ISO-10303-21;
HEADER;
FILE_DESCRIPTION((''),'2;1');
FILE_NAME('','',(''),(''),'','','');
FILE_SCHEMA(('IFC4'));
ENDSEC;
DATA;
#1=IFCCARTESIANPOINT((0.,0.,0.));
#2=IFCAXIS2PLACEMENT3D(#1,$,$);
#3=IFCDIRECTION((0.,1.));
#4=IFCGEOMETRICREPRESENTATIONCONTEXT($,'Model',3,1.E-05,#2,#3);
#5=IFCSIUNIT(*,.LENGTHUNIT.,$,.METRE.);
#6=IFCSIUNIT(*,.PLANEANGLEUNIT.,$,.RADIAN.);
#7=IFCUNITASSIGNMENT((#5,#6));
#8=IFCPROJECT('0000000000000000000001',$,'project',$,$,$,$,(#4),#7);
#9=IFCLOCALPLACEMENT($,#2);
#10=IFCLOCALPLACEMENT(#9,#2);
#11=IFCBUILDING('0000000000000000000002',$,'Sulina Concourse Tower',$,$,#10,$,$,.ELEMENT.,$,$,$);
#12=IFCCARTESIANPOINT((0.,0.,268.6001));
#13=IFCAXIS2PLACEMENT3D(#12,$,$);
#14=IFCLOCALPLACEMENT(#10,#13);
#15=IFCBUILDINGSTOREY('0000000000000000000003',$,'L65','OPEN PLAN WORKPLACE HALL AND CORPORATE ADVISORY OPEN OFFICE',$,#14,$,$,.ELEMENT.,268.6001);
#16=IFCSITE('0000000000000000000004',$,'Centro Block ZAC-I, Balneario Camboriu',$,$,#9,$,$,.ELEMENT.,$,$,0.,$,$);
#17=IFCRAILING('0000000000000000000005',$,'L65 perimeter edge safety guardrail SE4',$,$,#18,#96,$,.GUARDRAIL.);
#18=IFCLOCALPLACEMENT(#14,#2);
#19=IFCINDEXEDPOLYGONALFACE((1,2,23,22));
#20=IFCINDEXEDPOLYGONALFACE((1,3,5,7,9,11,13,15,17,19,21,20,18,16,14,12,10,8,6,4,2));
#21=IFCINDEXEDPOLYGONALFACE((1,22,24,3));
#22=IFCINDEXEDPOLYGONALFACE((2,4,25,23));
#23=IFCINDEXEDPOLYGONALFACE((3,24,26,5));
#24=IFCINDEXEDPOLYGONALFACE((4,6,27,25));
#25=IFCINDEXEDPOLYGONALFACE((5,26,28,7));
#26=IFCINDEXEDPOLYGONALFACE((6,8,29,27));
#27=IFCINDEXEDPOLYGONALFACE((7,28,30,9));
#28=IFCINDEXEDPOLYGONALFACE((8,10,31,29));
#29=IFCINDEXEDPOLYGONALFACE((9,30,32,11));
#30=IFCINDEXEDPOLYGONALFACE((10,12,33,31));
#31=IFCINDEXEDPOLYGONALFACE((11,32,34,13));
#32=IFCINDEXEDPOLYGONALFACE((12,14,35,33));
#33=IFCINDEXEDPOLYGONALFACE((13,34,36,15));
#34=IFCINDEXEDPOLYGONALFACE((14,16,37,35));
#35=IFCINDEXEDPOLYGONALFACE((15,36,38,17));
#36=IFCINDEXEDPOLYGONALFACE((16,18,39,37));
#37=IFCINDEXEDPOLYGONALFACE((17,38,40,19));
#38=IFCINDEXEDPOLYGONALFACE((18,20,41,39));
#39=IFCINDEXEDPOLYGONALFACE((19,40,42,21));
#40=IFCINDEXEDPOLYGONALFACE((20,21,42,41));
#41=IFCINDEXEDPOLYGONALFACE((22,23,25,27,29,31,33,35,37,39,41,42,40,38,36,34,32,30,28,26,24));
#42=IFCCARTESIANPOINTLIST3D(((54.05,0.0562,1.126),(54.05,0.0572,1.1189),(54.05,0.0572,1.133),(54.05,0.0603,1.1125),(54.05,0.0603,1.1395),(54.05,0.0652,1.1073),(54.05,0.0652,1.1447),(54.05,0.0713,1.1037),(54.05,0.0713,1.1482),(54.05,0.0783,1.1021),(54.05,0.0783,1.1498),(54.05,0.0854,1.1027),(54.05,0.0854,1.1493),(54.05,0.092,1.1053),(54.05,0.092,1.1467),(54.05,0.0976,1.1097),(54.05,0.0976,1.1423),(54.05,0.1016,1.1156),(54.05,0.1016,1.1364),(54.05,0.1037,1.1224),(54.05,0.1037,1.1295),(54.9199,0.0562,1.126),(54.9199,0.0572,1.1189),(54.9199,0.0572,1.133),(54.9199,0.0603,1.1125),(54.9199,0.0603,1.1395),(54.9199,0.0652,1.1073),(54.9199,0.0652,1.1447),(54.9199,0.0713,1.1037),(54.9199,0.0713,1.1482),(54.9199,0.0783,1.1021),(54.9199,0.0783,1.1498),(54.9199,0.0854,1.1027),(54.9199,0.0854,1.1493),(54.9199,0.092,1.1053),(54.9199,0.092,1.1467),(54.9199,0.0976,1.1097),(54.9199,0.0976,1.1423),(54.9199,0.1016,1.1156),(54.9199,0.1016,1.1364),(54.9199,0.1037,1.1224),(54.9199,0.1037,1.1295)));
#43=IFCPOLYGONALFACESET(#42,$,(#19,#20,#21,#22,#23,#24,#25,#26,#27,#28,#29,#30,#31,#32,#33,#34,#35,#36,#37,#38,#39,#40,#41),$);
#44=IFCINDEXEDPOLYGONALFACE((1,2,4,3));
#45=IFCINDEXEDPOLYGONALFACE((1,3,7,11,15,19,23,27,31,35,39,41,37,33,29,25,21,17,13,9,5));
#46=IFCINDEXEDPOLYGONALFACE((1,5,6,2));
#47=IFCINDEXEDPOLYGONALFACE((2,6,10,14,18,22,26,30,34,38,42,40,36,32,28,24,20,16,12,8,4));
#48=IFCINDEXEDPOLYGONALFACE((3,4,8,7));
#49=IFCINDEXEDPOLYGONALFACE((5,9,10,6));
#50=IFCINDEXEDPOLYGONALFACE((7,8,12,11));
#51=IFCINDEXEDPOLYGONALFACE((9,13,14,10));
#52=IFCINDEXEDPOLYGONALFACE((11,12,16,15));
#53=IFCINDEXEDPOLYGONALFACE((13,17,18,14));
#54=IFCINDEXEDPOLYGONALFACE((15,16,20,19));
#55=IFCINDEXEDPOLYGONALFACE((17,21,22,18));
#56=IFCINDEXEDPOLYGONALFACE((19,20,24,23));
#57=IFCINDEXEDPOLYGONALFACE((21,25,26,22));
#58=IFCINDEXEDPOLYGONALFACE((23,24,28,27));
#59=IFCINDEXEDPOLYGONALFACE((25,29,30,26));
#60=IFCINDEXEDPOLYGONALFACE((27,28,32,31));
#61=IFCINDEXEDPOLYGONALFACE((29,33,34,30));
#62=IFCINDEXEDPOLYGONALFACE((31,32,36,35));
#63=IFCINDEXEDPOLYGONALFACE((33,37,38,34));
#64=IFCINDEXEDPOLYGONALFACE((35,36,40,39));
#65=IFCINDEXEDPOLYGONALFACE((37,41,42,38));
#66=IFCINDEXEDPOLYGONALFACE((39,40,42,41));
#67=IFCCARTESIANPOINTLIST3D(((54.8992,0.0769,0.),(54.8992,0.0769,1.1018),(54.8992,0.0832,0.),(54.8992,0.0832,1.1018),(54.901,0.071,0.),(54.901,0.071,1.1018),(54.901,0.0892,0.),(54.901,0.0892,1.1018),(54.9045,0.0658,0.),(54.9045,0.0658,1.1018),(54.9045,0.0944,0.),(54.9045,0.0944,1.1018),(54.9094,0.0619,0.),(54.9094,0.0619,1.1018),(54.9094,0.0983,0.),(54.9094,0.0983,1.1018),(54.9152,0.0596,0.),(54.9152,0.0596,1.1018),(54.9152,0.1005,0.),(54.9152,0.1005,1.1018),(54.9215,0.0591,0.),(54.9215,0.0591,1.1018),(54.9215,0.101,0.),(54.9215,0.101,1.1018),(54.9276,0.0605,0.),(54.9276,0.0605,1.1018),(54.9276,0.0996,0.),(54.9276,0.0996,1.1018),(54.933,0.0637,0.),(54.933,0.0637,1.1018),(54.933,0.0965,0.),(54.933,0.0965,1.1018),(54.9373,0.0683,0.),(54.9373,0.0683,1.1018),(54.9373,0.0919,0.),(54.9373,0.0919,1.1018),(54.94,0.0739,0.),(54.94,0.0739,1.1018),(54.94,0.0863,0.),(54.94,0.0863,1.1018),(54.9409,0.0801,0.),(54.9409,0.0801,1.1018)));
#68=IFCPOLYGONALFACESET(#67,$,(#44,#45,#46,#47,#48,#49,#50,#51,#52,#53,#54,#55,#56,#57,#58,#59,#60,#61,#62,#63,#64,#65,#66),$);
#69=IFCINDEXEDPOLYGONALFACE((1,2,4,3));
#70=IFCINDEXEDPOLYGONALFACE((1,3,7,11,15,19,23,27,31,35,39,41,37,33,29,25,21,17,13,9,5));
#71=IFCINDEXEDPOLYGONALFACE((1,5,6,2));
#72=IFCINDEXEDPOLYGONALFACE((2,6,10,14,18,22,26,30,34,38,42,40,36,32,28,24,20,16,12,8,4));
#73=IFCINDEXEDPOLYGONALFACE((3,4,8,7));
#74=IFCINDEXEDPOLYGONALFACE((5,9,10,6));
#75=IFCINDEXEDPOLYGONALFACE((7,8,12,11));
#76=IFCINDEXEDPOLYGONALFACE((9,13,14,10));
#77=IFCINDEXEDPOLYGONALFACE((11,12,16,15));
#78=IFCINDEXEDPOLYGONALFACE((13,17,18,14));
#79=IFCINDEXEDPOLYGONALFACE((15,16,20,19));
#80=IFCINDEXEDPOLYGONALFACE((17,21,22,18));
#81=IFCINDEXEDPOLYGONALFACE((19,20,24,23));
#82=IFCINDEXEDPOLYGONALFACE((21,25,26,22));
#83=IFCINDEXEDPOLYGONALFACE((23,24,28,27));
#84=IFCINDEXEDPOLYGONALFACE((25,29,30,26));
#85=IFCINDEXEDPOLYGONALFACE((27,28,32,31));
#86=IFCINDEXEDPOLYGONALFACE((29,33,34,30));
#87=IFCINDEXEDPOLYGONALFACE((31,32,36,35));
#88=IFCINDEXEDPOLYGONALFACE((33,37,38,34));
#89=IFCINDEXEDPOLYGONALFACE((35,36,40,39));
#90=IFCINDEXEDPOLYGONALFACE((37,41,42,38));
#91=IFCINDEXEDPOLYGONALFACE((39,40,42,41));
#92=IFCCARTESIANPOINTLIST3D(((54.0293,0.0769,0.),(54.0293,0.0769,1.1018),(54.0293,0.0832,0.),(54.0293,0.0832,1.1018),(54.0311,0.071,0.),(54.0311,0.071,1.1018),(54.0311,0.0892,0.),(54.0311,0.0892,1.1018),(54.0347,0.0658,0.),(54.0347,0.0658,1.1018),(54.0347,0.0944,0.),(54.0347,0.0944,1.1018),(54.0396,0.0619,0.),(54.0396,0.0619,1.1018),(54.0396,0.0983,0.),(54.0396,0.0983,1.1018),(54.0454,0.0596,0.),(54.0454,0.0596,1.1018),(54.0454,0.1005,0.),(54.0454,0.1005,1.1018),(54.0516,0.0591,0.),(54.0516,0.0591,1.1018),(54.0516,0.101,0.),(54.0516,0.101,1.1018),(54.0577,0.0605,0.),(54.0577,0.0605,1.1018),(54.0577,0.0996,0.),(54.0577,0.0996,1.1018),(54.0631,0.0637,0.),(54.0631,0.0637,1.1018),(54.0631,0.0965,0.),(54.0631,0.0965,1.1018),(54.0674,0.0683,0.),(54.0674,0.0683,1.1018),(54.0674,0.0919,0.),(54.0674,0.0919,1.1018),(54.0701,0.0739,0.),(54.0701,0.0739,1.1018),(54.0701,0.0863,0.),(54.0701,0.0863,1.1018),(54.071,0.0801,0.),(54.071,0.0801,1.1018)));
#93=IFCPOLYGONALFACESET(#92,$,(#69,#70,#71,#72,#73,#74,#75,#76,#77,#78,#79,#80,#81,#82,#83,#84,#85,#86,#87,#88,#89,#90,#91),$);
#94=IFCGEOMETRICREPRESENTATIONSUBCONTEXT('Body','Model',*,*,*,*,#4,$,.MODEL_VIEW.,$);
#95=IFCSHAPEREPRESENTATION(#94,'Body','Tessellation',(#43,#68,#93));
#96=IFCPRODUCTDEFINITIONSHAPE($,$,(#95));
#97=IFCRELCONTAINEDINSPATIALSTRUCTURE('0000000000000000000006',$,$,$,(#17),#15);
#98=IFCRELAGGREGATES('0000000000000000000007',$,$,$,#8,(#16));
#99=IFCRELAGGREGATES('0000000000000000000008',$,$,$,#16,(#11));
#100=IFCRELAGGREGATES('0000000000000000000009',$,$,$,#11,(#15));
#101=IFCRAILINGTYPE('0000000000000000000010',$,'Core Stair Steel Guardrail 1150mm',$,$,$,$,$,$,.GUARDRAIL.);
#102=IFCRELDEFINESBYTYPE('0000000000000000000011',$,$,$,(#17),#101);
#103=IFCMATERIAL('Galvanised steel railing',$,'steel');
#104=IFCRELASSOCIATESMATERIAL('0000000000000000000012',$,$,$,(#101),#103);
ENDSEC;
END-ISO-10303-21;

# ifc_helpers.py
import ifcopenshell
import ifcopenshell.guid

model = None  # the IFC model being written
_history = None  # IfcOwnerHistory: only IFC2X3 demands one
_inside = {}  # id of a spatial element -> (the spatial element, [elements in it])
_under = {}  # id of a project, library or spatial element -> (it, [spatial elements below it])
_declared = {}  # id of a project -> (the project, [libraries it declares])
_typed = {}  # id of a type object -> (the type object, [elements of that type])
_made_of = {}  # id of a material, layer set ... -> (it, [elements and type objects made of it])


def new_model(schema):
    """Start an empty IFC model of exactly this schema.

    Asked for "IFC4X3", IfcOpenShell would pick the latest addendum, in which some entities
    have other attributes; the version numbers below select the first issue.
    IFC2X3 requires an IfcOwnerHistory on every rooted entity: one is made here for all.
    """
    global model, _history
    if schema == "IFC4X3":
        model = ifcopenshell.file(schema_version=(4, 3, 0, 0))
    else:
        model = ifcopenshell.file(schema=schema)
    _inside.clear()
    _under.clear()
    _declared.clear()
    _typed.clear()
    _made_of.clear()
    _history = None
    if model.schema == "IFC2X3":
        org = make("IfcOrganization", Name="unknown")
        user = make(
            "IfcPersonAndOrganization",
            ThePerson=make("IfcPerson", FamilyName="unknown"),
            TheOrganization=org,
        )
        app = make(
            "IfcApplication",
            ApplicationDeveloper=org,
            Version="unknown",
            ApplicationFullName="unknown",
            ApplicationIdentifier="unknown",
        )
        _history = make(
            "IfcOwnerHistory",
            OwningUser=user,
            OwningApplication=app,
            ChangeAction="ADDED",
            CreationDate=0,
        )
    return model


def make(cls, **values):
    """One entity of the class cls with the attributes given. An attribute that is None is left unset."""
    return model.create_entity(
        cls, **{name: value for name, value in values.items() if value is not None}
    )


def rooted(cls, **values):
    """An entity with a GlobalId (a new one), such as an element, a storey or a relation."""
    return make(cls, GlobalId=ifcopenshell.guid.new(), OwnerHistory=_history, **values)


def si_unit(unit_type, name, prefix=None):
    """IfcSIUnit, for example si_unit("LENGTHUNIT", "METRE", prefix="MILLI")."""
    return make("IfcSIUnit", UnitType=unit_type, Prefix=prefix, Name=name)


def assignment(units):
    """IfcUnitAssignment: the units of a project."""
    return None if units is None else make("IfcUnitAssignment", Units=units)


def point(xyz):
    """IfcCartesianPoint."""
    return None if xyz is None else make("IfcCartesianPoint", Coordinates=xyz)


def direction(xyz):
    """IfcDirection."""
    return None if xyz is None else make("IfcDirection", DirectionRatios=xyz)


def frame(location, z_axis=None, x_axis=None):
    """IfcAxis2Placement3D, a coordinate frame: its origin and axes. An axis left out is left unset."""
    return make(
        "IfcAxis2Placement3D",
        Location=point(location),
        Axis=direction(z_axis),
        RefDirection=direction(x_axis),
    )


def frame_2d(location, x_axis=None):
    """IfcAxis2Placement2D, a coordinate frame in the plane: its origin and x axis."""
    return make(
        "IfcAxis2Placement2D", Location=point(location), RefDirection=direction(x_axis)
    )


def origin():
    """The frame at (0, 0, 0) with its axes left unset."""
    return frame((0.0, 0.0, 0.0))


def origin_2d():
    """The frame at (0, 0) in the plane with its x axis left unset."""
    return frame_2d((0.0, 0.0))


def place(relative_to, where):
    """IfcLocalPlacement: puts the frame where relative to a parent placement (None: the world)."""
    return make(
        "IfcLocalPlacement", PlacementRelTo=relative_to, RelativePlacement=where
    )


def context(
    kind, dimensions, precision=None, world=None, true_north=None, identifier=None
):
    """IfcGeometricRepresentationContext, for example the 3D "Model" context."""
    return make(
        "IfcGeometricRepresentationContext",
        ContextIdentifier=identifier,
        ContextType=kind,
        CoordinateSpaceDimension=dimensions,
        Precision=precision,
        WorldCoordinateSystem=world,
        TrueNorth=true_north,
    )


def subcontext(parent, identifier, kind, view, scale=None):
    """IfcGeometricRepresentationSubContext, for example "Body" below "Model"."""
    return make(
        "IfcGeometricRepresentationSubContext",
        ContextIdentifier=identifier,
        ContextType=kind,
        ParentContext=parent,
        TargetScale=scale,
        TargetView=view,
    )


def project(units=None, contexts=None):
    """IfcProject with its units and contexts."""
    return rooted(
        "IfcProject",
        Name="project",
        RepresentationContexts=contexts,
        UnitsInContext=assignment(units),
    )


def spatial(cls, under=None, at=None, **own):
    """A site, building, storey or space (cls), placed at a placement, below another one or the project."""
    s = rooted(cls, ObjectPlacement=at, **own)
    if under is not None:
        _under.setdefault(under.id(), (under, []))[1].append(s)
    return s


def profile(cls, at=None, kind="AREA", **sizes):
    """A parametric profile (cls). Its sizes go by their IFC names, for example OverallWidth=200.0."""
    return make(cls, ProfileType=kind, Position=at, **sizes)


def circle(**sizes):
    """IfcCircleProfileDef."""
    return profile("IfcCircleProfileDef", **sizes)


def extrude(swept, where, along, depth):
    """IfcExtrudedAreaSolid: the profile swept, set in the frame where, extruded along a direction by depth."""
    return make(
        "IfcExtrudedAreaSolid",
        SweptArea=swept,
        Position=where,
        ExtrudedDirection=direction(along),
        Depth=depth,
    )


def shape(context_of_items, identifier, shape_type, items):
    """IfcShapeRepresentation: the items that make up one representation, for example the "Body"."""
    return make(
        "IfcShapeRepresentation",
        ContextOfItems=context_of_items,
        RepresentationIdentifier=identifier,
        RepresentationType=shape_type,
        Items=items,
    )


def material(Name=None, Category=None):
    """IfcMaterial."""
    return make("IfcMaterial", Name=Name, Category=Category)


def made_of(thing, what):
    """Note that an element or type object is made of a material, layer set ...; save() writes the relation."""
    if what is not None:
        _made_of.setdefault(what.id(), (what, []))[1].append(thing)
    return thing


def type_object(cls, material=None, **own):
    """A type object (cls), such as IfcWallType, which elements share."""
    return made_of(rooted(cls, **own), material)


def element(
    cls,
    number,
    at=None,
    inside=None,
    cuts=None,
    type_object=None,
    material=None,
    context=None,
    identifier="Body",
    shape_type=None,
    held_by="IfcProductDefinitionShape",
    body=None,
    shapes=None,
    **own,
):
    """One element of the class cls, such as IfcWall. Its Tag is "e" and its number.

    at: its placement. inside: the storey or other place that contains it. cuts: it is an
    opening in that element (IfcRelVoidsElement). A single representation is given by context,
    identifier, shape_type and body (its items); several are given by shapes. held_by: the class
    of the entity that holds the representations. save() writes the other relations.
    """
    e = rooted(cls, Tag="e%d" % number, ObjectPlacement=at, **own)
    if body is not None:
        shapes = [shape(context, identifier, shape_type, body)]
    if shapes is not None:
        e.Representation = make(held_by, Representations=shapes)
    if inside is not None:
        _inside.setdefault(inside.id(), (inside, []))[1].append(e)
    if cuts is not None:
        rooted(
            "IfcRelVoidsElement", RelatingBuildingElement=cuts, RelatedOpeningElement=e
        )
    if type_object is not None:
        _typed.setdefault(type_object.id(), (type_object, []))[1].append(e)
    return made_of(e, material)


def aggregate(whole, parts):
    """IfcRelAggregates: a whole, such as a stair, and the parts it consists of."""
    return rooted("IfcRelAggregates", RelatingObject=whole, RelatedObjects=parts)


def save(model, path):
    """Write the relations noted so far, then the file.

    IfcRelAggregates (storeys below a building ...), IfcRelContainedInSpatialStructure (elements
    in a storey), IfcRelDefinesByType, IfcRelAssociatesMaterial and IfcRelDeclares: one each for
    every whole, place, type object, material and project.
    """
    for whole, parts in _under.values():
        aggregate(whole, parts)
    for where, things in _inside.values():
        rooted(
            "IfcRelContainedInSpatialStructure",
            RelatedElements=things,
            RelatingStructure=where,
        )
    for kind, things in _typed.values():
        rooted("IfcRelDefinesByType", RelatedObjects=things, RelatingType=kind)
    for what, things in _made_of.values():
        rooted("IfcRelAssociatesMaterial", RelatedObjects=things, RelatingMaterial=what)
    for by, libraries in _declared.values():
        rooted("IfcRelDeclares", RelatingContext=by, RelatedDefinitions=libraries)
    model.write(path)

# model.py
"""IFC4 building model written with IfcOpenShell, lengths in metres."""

from ifc_helpers import new_model, si_unit, direction, frame, origin, origin_2d, place, context, subcontext, project, spatial, circle, extrude, material, type_object, element, save


model = new_model("IFC4")

# Units and contexts
model_context = context("Model", 3, precision=1e-05, world=origin(), true_north=direction((0.0, 1.0)))
body_context = subcontext(model_context, "Body", "Model", "MODEL_VIEW")
ifc_project = project(units=[si_unit("LENGTHUNIT", "METRE"), si_unit("PLANEANGLEUNIT", "RADIAN")], contexts=[model_context])

# Site, building, storey
site_placement = place(None, origin())
site = spatial("IfcSite", under=ifc_project, at=site_placement, Name="Centro Block ZAC-I, Balneario Camboriu", CompositionType="ELEMENT", RefElevation=0.0)
building_placement = place(site_placement, origin())
building = spatial("IfcBuilding", under=site, at=building_placement, Name="Sulina Concourse Tower", CompositionType="ELEMENT")
storey_placement = place(building_placement, frame((0.0, 0.0, 268.6001)))
storey = spatial("IfcBuildingStorey", under=building, at=storey_placement, Name="L65", Description="OPEN PLAN WORKPLACE HALL AND CORPORATE ADVISORY OPEN OFFICE", CompositionType="ELEMENT", Elevation=268.6001)

# Railing
ifc_material_1 = material(Name="Galvanised steel railing", Category="steel")
railing_type = type_object("IfcRailingType", Name="Core Stair Steel Guardrail 1150mm", PredefinedType="GUARDRAIL", material=ifc_material_1)
railing_1_placement = place(storey_placement, frame((54.9199, 0.0801, 0.0)))
element("IfcRailing", 1, at=railing_1_placement, inside=storey, type_object=railing_type, Name="L65 perimeter edge safety guardrail SE4", PredefinedType="GUARDRAIL", context=body_context, shape_type="SweptSolid", body=[
    extrude(circle(Radius=0.0239, at=origin_2d()), frame((0.0, 0.0, 1.126), z_axis=(-1.0, 0.0, 0.0), x_axis=(0.0, -1.0, 0.0)), (0.0, 0.0, 1.0), 0.8699),
    extrude(circle(Radius=0.021, at=origin_2d()), origin(), (0.0, 0.0, 1.0), 1.1018),
    extrude(circle(Radius=0.021, at=origin_2d()), frame((-0.8699, 0.0, 0.0)), (0.0, 0.0, 1.0), 1.1018),
])

save(model, "model.ifc")
